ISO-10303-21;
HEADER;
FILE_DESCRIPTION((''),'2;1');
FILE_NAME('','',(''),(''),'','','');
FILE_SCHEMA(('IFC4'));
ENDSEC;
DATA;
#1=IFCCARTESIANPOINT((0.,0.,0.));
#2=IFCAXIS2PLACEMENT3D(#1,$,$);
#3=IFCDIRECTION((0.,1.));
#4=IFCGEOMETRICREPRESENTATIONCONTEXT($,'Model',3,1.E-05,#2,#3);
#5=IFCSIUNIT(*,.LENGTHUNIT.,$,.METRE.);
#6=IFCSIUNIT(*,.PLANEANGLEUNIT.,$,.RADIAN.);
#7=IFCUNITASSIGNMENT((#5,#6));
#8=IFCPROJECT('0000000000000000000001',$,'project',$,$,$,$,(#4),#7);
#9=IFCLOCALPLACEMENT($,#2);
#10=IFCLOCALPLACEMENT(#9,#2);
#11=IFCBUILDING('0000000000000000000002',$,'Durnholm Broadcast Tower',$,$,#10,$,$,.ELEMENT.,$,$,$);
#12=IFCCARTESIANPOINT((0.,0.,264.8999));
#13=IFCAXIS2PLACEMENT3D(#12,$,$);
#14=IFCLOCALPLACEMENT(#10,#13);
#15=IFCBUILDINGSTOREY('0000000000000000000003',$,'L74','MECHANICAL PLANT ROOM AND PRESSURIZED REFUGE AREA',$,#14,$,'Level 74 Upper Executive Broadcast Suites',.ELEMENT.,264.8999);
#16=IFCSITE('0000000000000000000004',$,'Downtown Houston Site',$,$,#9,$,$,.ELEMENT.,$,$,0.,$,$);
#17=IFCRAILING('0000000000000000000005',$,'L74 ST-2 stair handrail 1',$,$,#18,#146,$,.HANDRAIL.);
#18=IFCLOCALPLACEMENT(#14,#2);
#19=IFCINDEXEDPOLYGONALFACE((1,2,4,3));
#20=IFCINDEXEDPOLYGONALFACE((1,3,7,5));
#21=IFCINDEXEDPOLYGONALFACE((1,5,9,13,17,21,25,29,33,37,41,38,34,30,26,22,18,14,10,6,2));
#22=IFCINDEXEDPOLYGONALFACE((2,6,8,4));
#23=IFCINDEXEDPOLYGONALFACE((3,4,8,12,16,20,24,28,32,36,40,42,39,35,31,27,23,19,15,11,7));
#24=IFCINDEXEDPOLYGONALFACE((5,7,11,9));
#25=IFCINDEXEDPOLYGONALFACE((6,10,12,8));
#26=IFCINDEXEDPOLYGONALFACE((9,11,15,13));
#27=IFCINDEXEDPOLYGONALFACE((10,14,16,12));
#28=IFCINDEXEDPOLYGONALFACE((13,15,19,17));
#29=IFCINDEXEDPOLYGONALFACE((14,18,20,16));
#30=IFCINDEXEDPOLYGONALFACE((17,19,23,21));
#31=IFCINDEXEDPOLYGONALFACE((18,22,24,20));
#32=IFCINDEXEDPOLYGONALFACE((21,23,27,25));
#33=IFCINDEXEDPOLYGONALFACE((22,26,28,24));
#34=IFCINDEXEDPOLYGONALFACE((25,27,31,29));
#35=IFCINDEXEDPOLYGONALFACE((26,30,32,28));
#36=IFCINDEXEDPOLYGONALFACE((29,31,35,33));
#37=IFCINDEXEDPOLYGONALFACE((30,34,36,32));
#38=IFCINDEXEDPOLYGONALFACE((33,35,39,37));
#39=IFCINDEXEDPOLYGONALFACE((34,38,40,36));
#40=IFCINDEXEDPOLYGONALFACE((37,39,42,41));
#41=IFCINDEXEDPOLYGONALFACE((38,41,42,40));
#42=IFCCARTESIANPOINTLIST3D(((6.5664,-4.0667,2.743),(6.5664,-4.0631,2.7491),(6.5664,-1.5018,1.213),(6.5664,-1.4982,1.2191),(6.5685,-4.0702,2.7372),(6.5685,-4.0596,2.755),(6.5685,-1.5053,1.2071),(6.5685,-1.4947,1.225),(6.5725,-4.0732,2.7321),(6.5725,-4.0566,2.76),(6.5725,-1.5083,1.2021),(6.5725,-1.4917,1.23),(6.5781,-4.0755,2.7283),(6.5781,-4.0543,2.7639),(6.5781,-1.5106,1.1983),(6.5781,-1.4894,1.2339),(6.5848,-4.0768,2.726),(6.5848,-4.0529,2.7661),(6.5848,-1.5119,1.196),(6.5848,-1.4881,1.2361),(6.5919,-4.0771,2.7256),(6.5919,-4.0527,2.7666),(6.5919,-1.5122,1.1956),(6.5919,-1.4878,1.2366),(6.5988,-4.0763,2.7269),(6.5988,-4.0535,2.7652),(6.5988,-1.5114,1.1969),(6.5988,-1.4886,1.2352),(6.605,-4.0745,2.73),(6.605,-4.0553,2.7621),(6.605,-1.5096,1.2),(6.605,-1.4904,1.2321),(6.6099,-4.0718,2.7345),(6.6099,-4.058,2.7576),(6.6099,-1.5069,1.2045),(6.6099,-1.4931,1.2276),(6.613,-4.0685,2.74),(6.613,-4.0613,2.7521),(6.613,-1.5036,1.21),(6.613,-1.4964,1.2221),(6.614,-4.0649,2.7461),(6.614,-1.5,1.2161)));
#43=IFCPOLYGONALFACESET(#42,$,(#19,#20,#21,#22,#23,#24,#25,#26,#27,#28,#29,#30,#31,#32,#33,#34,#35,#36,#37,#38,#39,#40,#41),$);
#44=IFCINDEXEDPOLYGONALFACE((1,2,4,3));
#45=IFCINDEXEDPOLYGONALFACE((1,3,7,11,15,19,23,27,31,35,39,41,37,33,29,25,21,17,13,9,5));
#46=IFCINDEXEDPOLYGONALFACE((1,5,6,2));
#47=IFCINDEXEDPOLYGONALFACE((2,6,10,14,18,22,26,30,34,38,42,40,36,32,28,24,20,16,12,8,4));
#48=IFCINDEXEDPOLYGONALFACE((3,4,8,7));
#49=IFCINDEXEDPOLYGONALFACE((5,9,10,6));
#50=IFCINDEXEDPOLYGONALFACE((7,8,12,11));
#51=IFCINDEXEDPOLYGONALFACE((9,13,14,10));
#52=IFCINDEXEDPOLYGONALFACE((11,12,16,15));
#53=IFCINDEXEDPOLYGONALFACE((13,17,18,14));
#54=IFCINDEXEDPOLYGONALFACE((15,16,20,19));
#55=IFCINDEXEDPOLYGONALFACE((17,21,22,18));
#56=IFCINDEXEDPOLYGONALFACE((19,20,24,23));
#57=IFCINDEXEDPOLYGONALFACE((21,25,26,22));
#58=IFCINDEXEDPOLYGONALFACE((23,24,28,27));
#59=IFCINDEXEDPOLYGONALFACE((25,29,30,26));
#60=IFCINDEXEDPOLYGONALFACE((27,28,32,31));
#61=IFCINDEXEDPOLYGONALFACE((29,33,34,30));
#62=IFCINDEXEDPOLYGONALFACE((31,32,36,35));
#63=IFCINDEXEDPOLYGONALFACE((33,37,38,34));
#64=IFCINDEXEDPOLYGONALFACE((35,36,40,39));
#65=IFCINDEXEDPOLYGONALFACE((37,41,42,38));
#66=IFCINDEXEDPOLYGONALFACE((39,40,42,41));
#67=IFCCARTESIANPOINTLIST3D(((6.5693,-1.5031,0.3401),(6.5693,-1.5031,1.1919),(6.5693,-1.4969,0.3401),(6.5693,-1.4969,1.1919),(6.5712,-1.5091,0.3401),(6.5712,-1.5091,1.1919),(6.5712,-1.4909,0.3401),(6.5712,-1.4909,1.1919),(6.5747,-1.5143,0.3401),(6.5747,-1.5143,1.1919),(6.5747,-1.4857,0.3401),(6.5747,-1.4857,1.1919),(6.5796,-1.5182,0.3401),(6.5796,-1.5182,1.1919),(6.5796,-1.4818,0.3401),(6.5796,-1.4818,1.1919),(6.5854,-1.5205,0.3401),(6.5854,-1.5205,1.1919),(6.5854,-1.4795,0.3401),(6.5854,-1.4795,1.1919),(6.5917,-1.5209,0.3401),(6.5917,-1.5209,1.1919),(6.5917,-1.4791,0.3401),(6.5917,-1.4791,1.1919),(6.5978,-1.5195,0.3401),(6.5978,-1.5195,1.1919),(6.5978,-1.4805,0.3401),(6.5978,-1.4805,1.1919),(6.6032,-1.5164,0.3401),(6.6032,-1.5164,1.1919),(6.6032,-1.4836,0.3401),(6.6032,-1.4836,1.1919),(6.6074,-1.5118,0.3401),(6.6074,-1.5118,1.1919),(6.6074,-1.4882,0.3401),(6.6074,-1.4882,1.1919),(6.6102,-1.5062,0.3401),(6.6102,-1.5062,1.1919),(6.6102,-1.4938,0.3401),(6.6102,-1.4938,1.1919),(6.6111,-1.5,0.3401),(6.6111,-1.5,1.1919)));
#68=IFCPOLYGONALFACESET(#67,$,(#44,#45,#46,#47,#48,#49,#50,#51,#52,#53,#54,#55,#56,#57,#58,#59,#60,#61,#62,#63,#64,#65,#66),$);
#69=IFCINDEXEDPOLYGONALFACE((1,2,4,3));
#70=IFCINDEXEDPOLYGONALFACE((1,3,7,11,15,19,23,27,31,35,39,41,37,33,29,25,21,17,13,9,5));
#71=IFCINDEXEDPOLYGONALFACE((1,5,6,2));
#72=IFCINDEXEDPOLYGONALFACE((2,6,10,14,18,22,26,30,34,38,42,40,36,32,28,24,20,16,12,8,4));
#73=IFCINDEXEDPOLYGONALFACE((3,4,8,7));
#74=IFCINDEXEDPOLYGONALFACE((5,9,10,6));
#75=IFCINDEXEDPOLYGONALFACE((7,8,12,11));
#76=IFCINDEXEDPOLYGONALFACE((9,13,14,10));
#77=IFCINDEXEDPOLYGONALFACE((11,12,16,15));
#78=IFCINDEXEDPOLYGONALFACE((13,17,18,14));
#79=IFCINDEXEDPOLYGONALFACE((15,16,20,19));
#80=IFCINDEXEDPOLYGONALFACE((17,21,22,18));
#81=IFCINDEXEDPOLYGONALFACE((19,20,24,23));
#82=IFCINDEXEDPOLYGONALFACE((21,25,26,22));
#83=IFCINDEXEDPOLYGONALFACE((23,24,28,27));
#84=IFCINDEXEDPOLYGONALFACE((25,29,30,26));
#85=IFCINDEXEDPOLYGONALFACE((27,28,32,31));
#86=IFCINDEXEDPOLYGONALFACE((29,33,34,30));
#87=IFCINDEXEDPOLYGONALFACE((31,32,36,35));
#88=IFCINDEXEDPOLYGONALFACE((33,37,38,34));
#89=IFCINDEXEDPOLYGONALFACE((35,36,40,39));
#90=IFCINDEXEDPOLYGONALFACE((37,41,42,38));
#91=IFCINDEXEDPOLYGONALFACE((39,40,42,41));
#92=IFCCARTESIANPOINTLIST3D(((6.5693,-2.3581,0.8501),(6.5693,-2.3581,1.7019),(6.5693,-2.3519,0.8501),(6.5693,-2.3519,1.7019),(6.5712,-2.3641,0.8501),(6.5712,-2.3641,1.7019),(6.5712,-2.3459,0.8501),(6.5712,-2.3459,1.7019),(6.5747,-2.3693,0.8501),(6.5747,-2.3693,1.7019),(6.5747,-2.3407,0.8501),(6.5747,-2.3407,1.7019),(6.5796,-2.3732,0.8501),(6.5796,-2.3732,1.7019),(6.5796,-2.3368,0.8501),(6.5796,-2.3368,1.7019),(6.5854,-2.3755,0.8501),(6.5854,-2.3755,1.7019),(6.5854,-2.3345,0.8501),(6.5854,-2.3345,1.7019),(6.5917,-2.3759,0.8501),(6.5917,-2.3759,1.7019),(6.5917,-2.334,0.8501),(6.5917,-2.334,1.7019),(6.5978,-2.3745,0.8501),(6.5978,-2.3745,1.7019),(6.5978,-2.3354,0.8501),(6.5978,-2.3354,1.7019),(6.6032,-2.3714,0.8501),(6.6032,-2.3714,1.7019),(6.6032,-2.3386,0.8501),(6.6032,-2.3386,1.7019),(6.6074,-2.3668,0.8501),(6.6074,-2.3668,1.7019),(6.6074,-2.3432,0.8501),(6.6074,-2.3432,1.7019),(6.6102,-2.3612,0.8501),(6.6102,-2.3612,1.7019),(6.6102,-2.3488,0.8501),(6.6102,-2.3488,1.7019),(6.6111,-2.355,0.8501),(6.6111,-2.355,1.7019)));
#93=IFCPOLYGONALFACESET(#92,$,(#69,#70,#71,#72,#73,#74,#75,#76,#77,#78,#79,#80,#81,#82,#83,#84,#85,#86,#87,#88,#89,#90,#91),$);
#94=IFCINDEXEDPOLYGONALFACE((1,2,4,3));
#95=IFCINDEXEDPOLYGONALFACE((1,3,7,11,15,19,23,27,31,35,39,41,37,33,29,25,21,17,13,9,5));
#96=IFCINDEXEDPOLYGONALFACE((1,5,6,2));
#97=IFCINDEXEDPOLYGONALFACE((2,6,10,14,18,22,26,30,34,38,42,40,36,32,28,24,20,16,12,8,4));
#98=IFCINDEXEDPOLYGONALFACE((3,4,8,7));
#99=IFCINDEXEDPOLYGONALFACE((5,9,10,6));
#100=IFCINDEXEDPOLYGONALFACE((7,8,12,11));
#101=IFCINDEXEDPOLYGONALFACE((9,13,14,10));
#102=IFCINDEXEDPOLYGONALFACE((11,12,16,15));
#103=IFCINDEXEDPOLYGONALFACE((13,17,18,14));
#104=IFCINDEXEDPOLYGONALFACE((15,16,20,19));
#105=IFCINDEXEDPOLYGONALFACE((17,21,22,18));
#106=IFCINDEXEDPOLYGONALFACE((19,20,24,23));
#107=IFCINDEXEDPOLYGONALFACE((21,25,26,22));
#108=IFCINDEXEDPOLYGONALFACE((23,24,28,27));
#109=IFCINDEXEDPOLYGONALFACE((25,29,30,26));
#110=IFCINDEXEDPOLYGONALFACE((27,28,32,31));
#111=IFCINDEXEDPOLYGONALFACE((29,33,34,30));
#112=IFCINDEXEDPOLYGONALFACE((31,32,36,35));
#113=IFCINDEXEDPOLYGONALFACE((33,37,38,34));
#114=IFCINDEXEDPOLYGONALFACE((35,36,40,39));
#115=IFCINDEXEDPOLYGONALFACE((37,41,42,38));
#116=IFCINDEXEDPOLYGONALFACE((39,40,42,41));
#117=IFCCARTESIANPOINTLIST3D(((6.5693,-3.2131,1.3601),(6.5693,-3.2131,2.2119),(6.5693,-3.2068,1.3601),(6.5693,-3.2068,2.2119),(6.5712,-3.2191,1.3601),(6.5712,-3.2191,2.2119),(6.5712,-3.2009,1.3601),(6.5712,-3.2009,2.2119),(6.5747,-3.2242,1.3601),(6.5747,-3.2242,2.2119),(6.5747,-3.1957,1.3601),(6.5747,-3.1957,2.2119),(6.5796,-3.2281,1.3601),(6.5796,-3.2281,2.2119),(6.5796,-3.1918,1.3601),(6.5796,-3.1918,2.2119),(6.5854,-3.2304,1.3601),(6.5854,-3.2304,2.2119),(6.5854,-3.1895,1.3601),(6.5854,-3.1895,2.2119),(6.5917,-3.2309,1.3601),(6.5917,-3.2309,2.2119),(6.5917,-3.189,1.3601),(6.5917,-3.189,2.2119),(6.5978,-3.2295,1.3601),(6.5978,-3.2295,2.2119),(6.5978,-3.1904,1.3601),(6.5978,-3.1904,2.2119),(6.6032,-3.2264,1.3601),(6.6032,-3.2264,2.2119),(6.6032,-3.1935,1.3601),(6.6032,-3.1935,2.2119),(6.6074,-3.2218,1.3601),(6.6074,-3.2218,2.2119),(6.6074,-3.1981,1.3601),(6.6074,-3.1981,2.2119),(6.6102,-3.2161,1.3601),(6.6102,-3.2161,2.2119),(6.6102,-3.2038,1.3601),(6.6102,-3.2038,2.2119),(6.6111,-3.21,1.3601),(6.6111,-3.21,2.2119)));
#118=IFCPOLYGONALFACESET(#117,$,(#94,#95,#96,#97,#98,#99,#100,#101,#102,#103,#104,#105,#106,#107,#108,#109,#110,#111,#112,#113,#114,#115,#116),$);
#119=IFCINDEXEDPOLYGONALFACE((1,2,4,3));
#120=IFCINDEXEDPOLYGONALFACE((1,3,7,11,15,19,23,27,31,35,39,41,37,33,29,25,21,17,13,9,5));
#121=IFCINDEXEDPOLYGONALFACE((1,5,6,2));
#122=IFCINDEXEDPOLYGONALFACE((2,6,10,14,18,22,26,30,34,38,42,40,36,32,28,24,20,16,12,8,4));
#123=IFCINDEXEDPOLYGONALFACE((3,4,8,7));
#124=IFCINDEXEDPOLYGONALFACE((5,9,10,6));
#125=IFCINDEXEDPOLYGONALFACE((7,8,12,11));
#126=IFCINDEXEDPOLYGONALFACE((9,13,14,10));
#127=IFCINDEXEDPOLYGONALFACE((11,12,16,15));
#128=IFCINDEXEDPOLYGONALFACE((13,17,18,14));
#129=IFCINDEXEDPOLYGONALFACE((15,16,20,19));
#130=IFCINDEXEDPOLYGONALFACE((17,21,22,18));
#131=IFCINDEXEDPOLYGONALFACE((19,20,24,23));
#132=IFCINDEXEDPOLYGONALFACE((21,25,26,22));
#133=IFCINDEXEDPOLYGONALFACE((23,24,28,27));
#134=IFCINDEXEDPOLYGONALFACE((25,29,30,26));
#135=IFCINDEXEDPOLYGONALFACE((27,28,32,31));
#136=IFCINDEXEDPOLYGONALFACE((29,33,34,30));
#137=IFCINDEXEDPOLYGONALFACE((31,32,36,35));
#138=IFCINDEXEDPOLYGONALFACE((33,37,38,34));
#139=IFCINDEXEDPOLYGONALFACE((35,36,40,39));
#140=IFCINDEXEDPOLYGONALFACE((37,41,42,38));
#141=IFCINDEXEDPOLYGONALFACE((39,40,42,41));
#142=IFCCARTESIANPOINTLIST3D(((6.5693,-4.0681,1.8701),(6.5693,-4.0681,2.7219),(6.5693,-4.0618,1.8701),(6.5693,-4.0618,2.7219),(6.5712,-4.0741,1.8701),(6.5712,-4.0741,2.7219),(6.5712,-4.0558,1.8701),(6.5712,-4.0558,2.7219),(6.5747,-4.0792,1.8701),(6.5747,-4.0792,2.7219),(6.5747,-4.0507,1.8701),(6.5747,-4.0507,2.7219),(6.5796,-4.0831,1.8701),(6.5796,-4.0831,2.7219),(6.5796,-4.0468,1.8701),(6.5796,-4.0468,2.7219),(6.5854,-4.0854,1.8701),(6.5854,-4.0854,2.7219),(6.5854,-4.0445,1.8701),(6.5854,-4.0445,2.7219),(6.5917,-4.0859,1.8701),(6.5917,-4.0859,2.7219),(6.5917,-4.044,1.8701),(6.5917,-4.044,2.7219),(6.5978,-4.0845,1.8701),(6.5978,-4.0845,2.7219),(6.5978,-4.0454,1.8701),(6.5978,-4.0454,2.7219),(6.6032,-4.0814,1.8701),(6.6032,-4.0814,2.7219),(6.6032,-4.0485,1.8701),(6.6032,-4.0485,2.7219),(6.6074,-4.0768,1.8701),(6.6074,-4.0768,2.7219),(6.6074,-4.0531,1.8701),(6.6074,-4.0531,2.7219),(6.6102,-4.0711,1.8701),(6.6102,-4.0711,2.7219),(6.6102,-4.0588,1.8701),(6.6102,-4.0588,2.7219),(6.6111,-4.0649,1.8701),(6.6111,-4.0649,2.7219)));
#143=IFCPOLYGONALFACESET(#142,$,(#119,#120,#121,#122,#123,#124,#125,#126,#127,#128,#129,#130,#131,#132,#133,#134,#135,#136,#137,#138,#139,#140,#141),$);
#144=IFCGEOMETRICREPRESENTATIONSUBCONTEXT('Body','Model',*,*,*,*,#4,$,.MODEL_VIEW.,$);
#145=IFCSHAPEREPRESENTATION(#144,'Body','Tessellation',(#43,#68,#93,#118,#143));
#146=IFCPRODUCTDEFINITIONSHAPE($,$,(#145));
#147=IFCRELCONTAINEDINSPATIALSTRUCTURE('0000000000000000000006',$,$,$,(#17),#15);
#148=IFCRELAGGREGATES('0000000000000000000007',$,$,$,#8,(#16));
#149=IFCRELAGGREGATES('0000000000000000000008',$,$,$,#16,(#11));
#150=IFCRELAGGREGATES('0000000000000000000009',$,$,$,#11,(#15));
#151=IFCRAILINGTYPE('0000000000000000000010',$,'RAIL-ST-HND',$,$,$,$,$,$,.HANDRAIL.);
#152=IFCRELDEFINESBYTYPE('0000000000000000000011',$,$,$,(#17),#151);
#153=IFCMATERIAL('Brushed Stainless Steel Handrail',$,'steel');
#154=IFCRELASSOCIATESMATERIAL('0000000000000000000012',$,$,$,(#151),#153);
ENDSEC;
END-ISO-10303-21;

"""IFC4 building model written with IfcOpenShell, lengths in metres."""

from ifc_helpers import new_model, si_unit, direction, frame, origin, origin_2d, place, context, subcontext, project, spatial, circle, extrude, material, type_object, element, save


model = new_model("IFC4")

# Units and contexts
model_context = context("Model", 3, precision=1e-05, world=origin(), true_north=direction((0.0, 1.0)))
body_context = subcontext(model_context, "Body", "Model", "MODEL_VIEW")
ifc_project = project(units=[si_unit("LENGTHUNIT", "METRE"), si_unit("PLANEANGLEUNIT", "RADIAN")], contexts=[model_context])

# Site, building, storey
site_placement = place(None, origin())
site = spatial("IfcSite", under=ifc_project, at=site_placement, Name="Downtown Houston Site", CompositionType="ELEMENT", RefElevation=0.0)
building_placement = place(site_placement, origin())
building = spatial("IfcBuilding", under=site, at=building_placement, Name="Durnholm Broadcast Tower", CompositionType="ELEMENT")
storey_placement = place(building_placement, frame((0.0, 0.0, 264.8999)))
storey = spatial("IfcBuildingStorey", under=building, at=storey_placement, Name="L74", Description="MECHANICAL PLANT ROOM AND PRESSURIZED REFUGE AREA", LongName="Level 74 Upper Executive Broadcast Suites", CompositionType="ELEMENT", Elevation=264.8999)

# Railing
ifc_material_1 = material(Name="Brushed Stainless Steel Handrail", Category="steel")
railing_type_1 = type_object("IfcRailingType", Name="RAIL-ST-HND", PredefinedType="HANDRAIL", material=ifc_material_1)
railing_1_placement = place(storey_placement, frame((6.5901, -1.5, 0.3401)))
element("IfcRailing", 1, at=railing_1_placement, inside=storey, type_object=railing_type_1, Name="L74 ST-2 stair handrail 1", PredefinedType="HANDRAIL", context=body_context, shape_type="SweptSolid", body=[
    extrude(circle(Radius=0.0239, at=origin_2d()), frame((0.0, 0.0, 0.876), z_axis=(0.0, -0.85881, 0.512294), x_axis=(1.0, 0.0, 0.0)), (0.0, 0.0, 1.0), 2.9866),
    extrude(circle(Radius=0.021, at=origin_2d()), origin(), (0.0, 0.0, 1.0), 0.8518),
    extrude(circle(Radius=0.021, at=origin_2d()), frame((0.0, -0.855, 0.51)), (0.0, 0.0, 1.0), 0.8518),
    extrude(circle(Radius=0.021, at=origin_2d()), frame((0.0, -1.71, 1.02)), (0.0, 0.0, 1.0), 0.8518),
    extrude(circle(Radius=0.021, at=origin_2d()), frame((0.0, -2.5649, 1.53)), (0.0, 0.0, 1.0), 0.8518),
])

save(model, "model.ifc")
